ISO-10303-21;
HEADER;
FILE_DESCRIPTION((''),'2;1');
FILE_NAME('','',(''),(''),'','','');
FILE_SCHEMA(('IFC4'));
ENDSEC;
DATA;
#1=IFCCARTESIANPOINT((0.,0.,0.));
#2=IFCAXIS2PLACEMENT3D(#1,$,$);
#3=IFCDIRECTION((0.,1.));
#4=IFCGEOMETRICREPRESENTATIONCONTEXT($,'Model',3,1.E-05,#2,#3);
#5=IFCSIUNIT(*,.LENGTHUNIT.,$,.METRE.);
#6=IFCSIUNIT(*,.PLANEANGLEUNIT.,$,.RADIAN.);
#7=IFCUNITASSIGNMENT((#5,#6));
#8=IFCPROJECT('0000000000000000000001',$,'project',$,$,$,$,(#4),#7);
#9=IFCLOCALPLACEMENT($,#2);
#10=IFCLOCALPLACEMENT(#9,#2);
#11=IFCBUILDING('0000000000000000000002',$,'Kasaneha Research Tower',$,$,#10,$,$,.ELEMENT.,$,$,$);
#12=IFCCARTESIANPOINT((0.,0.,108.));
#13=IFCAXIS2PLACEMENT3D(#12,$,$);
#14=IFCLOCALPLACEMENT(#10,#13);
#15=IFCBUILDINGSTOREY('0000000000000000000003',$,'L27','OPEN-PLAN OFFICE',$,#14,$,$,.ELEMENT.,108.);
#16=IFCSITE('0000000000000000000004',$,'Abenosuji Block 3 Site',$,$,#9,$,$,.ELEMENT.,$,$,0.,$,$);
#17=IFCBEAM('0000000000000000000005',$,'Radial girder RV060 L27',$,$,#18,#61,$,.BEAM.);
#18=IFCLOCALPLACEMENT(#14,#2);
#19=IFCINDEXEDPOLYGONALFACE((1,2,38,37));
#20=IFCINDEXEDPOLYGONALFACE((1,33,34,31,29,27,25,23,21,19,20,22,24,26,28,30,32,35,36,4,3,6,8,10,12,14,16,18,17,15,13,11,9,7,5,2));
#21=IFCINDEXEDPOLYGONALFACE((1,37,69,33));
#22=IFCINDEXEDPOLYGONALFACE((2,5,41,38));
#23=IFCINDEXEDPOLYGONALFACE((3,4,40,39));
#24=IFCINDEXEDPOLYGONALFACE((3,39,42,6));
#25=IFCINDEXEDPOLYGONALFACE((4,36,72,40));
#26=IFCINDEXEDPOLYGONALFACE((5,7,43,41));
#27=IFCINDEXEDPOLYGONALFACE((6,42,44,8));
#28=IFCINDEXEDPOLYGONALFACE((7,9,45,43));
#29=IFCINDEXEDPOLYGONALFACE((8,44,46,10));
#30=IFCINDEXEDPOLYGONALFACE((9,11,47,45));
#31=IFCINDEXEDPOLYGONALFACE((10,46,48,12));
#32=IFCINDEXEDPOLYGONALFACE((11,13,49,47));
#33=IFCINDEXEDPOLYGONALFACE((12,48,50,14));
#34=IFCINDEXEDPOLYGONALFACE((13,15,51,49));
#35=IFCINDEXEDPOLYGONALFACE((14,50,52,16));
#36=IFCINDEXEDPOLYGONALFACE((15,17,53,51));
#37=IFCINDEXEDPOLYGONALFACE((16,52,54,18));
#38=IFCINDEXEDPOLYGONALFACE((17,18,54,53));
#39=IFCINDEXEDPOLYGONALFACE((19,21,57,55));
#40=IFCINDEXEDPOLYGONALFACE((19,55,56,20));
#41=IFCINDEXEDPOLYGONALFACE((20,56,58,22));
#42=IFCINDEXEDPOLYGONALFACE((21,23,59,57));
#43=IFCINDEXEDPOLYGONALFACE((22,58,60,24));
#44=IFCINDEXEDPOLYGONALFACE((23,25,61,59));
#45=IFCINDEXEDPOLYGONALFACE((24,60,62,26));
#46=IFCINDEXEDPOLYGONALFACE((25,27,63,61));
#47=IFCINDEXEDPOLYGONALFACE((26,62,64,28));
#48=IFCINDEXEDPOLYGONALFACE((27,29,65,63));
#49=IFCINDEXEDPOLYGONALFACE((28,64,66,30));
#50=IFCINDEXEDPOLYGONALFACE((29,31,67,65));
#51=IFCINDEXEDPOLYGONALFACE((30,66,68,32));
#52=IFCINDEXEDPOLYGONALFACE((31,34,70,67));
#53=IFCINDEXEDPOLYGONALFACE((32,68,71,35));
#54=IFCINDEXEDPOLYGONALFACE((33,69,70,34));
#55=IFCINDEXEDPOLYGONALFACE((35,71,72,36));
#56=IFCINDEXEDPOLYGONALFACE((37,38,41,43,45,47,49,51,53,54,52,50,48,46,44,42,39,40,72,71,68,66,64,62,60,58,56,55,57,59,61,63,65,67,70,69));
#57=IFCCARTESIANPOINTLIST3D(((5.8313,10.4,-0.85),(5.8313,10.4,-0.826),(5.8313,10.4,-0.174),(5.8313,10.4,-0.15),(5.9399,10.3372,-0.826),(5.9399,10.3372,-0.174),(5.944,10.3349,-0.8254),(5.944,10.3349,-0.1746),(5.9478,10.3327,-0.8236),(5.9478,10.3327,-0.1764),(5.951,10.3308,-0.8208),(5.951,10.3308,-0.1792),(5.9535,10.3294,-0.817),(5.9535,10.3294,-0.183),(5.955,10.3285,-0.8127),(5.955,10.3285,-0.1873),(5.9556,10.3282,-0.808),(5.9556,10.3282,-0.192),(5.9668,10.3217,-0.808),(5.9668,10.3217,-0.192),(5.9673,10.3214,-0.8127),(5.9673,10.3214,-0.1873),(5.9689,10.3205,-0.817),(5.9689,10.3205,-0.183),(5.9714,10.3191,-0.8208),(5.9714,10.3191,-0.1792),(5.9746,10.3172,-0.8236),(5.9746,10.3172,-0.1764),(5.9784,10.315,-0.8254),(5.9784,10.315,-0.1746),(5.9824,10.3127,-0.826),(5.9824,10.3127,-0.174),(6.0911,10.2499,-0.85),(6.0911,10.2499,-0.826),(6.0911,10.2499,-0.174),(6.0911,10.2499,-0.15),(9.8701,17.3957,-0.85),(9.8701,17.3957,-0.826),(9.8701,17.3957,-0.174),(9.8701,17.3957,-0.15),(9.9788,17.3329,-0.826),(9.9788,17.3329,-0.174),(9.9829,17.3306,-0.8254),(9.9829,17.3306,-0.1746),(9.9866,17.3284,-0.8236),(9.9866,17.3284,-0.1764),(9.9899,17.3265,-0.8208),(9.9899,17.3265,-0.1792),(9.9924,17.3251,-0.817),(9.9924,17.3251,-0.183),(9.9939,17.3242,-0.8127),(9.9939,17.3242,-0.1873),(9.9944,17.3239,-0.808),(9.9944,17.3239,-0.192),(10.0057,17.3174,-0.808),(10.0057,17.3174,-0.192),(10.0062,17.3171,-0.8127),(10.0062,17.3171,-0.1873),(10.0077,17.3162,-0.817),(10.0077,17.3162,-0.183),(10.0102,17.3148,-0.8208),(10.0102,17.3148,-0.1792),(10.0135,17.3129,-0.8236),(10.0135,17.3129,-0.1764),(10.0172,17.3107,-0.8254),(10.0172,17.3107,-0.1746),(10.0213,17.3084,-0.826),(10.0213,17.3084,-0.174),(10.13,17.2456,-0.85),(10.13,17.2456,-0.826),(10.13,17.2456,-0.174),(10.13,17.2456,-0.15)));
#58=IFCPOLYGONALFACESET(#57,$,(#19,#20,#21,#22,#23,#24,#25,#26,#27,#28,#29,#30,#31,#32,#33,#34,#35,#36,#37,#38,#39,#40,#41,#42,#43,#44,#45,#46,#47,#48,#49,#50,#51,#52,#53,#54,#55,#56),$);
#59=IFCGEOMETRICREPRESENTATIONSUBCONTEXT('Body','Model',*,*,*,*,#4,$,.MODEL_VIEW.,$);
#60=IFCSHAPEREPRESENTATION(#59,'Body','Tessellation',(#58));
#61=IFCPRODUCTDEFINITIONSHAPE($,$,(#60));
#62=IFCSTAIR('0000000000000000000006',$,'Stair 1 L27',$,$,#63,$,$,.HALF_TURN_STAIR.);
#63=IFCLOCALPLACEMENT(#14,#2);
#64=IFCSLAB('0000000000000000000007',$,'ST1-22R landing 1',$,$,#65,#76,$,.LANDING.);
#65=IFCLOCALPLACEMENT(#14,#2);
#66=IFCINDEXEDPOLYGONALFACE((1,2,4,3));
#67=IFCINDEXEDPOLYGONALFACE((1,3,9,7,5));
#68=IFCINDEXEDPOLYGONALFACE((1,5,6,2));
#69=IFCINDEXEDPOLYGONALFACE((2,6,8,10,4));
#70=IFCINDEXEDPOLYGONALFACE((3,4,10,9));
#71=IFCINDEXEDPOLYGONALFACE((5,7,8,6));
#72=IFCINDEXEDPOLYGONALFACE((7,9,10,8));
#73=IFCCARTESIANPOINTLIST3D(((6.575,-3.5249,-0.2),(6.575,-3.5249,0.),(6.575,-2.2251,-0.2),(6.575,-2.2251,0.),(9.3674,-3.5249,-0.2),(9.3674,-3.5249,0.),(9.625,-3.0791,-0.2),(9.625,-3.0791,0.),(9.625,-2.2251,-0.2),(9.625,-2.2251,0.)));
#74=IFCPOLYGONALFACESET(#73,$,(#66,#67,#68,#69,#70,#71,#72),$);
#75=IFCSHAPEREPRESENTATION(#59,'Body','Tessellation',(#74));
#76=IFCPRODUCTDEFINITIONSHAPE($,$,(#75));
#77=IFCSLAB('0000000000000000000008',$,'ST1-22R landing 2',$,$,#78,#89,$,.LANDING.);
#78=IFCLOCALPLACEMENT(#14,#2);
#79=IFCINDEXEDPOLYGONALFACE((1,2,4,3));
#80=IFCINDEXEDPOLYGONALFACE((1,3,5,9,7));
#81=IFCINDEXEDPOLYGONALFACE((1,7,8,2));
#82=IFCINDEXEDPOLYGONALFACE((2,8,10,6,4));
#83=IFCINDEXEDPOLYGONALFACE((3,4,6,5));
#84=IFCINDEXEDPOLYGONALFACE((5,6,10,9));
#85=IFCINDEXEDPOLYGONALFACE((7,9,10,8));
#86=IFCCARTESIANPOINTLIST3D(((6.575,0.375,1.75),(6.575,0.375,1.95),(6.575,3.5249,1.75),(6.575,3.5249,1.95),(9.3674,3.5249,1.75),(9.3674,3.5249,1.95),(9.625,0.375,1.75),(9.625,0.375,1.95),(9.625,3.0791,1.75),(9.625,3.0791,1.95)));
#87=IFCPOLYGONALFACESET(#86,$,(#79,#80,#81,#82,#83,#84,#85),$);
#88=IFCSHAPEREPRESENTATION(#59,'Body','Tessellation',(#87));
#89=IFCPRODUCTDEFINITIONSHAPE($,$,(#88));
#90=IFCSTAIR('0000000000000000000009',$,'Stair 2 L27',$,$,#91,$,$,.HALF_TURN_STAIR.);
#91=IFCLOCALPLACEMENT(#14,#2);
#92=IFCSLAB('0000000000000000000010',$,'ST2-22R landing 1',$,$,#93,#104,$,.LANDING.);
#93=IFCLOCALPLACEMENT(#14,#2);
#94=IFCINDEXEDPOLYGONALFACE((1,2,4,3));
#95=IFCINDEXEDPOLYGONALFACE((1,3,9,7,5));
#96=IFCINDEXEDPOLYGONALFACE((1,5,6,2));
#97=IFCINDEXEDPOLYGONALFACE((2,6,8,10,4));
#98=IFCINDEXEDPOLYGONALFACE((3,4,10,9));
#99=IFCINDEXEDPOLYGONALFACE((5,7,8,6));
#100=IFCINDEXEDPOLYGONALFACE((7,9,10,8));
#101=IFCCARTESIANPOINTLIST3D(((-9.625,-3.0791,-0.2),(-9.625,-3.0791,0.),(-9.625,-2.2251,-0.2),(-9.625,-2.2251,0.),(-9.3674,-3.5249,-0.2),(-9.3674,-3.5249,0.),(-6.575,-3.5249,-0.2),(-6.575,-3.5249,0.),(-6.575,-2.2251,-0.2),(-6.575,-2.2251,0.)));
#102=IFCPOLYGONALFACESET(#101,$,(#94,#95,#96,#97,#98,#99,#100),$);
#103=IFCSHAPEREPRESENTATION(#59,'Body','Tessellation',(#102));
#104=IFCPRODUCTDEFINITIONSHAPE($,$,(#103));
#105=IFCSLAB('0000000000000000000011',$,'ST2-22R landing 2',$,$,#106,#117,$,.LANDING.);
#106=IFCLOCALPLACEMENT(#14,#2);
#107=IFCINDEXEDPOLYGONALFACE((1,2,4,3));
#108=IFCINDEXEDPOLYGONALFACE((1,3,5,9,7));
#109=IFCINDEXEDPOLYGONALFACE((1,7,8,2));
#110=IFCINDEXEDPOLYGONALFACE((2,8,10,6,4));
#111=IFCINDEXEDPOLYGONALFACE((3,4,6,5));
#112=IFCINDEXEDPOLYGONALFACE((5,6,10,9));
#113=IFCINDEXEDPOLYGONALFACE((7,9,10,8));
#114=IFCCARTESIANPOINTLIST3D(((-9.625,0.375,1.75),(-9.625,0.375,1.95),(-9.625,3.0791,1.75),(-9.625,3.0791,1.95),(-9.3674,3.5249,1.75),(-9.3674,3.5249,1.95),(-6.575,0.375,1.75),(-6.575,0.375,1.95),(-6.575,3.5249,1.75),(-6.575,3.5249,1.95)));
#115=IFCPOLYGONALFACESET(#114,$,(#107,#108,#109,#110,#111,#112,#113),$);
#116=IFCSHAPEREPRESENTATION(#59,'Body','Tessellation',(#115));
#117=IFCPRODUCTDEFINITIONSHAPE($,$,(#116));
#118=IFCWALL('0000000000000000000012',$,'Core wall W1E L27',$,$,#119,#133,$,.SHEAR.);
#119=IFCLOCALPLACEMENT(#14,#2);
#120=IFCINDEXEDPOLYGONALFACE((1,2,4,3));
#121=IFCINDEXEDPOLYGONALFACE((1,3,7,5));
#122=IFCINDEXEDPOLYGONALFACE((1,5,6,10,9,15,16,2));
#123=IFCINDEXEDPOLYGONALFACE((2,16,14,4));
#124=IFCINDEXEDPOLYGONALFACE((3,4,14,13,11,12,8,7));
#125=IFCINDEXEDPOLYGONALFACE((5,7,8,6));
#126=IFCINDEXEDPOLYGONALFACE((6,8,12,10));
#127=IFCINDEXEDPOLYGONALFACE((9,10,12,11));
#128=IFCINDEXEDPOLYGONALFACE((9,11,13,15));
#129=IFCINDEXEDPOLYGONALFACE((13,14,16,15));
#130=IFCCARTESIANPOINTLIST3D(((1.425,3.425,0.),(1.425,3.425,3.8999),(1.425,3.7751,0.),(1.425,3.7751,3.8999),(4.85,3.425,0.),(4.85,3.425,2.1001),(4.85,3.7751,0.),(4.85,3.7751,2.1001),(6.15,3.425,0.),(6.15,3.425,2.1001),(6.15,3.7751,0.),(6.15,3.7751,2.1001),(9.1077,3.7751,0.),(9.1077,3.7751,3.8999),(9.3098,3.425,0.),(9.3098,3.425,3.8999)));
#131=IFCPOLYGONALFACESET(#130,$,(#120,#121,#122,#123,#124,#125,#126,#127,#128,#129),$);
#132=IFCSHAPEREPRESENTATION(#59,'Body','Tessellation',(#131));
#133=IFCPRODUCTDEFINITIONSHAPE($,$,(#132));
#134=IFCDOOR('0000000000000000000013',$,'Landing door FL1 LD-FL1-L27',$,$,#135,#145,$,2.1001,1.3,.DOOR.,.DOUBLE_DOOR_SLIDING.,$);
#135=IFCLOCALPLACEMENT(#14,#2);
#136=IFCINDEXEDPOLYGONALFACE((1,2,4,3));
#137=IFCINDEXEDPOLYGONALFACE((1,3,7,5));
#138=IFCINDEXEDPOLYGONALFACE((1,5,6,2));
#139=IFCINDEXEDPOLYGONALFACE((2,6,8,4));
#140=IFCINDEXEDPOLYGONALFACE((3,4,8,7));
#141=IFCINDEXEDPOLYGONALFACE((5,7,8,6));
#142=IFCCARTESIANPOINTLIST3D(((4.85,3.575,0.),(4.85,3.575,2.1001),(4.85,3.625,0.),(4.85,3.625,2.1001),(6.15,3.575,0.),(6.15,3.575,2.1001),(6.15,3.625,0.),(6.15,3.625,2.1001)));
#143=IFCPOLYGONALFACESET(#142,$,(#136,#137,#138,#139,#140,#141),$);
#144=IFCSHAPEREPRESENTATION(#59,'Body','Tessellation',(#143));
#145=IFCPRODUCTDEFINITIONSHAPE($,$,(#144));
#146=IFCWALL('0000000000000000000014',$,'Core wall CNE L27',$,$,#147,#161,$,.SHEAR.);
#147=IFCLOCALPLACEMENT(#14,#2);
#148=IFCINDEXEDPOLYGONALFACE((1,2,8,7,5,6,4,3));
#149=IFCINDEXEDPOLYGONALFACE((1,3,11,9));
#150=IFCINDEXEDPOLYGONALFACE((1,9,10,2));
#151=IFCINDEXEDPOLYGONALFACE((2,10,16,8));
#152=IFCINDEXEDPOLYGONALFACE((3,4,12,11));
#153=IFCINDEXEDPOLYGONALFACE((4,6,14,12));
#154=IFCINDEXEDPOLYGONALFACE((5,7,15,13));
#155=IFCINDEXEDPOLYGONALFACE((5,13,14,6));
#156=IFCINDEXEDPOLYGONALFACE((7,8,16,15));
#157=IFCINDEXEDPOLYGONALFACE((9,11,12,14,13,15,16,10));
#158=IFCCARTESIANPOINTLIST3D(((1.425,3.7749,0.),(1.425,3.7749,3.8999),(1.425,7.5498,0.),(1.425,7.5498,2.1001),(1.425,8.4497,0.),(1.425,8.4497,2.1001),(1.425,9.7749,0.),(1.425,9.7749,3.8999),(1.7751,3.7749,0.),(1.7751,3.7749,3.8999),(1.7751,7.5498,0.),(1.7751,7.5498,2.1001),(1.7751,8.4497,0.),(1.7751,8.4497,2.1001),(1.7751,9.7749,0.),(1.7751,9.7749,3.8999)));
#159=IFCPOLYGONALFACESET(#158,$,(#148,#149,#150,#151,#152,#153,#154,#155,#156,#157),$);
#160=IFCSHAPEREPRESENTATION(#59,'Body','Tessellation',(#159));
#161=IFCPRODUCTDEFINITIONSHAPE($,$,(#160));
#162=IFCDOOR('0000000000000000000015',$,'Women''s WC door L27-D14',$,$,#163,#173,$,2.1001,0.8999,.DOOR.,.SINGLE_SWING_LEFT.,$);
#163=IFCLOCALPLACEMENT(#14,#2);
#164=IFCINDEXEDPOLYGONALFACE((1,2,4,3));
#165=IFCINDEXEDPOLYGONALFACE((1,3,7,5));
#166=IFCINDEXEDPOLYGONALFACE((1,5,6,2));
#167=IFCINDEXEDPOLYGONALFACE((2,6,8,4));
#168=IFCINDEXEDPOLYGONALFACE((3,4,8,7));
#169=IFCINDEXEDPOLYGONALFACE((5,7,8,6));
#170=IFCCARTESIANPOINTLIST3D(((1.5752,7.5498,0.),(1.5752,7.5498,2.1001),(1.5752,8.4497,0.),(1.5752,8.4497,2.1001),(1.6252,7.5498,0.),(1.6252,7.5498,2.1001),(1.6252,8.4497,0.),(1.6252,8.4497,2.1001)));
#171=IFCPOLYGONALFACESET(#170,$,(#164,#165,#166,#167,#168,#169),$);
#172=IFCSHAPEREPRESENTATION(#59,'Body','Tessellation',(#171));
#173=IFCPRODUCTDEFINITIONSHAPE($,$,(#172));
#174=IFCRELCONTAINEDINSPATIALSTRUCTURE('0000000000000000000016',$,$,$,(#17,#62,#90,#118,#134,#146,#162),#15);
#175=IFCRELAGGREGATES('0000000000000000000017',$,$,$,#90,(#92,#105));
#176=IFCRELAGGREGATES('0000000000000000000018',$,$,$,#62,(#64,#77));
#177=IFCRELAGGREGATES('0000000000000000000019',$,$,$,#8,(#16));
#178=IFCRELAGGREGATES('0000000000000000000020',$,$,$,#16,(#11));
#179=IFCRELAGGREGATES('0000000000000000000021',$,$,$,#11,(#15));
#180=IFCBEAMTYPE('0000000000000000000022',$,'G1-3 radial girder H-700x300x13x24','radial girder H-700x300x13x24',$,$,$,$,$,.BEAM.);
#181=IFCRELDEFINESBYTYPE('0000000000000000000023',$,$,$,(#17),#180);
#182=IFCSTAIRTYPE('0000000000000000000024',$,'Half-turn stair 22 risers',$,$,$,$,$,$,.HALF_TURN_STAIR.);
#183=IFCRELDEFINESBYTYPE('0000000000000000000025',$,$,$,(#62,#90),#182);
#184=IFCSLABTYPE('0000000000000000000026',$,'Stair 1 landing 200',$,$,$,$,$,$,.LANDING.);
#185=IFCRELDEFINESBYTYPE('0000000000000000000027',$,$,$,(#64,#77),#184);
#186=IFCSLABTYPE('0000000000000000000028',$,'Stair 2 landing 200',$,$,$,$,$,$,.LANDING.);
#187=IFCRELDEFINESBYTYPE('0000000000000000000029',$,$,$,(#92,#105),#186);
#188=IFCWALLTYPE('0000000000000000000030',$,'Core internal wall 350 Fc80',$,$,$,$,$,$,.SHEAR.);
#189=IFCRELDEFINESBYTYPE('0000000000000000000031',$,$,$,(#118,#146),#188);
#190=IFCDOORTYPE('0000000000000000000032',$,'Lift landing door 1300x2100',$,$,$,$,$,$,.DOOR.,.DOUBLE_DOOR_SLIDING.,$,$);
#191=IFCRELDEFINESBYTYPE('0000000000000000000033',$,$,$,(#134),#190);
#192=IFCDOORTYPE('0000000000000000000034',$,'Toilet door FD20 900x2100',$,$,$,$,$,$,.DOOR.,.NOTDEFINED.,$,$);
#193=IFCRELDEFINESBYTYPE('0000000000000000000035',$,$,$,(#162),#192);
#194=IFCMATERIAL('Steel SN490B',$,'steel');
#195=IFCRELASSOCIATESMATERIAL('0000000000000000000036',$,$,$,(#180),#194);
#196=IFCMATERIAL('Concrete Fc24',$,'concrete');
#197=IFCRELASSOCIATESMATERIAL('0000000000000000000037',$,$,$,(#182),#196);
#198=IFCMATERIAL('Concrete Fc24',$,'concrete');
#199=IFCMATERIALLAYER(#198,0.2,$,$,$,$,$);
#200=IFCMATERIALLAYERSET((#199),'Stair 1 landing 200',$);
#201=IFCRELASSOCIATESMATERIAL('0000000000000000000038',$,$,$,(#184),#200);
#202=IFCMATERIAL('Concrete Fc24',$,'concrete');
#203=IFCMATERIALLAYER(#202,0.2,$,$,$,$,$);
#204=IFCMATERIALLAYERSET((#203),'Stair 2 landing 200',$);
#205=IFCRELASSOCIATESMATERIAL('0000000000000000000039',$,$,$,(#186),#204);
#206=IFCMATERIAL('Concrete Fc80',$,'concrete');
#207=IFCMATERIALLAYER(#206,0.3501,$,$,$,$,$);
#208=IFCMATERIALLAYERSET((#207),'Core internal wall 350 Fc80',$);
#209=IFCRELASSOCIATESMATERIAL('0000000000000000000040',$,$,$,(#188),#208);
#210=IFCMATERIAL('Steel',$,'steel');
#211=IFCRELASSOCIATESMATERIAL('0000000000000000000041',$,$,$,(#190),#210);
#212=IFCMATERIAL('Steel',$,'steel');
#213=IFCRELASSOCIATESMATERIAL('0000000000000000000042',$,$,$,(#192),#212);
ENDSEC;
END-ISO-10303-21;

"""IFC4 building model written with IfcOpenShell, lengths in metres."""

from ifc_helpers import new_model, si_unit, direction, frame, frame_2d, origin, origin_2d, place, context, subcontext, project, spatial, polyline, rectangle, i_section, outline, extrude, material, layer, layer_set, material_profile, profile_set, type_object, element, fill, aggregate, save


model = new_model("IFC4")

# Units and contexts
model_context = context("Model", 3, precision=1e-05, world=origin(), true_north=direction((0.0, 1.0)))
body_context = subcontext(model_context, "Body", "Model", "MODEL_VIEW")
ifc_project = project(units=[si_unit("LENGTHUNIT", "METRE"), si_unit("PLANEANGLEUNIT", "RADIAN")], contexts=[model_context])

# Site, building, storey
site_placement = place(None, origin())
site = spatial("IfcSite", under=ifc_project, at=site_placement, Name="Abenosuji Block 3 Site", CompositionType="ELEMENT", RefElevation=0.0)
building_placement = place(site_placement, origin())
building = spatial("IfcBuilding", under=site, at=building_placement, Name="Kasaneha Research Tower", CompositionType="ELEMENT")
storey_placement = place(building_placement, frame((0.0, 0.0, 108.0)))
storey = spatial("IfcBuildingStorey", under=building, at=storey_placement, Name="L27", Description="OPEN-PLAN OFFICE", CompositionType="ELEMENT", Elevation=108.0)

# Beam
ifc_material_1 = material(Name="Steel SN490B", Category="steel")
ifc_material_profile = material_profile(ifc_material_1, i_section(OverallWidth=0.3, OverallDepth=0.7, WebThickness=0.0129, FlangeThickness=0.0239, FilletRadius=0.0181, at=origin_2d()), Name="H-700x300x13x24")
ifc_profile_set = profile_set([ifc_material_profile], Name="Steel SN490B")
beam_type = type_object("IfcBeamType", Name="G1-3 radial girder H-700x300x13x24", Description="radial girder H-700x300x13x24", PredefinedType="BEAM", material=ifc_profile_set)
beam_placement = place(storey_placement, frame((5.9612, 10.325, -0.5), z_axis=(0.499991, 0.866031, 0.0), x_axis=(-0.866031, 0.499991, 0.0)))
element("IfcBeam", 1, at=beam_placement, inside=storey, type_object=beam_type, Name="Radial girder RV060 L27", PredefinedType="BEAM", context=body_context, shape_type="SweptSolid", body=[
    extrude(i_section(OverallWidth=0.3, OverallDepth=0.7, WebThickness=0.0129, FlangeThickness=0.0239, FilletRadius=0.0181, at=origin_2d()), origin(), (0.0, 0.0, 1.0), 8.0779),
])

# Stairs, slabs
ifc_material_2 = material(Name="Concrete Fc24", Category="concrete")
stair_type = type_object("IfcStairType", Name="Half-turn stair 22 risers", PredefinedType="HALF_TURN_STAIR", material=ifc_material_2)
stair_1_placement = place(storey_placement, origin())
stair_1 = element("IfcStair", 2, at=stair_1_placement, inside=storey, type_object=stair_type, Name="Stair 1 L27", PredefinedType="HALF_TURN_STAIR")
ifc_material_3 = material(Name="Concrete Fc24", Category="concrete")
ifc_layer_1 = layer(ifc_material_3, 0.2)
ifc_layer_set_1 = layer_set([ifc_layer_1], Name="Stair 1 landing 200")
slab_type_1 = type_object("IfcSlabType", Name="Stair 1 landing 200", PredefinedType="LANDING", material=ifc_layer_set_1)
slab_1_placement = place(storey_placement, frame((0.0, 0.0, -0.2)))
slab_1 = element("IfcSlab", 3, at=slab_1_placement, type_object=slab_type_1, Name="ST1-22R landing 1", PredefinedType="LANDING", context=body_context, shape_type="SweptSolid", body=[
    extrude(outline(polyline([(9.3674, -3.5249), (6.575, -3.5249), (6.575, -2.2251), (9.625, -2.2251), (9.625, -3.0791), (9.3674, -3.5249)])), origin(), (0.0, 0.0, 1.0), 0.2),
])
slab_2_placement = place(storey_placement, frame((0.0, 0.0, 1.75)))
slab_2 = element("IfcSlab", 4, at=slab_2_placement, type_object=slab_type_1, Name="ST1-22R landing 2", PredefinedType="LANDING", context=body_context, shape_type="SweptSolid", body=[
    extrude(outline(polyline([(6.575, 3.5249), (9.3674, 3.5249), (9.625, 3.0791), (9.625, 0.375), (6.575, 0.375), (6.575, 3.5249)])), origin(), (0.0, 0.0, 1.0), 0.2),
])
stair_2_placement = place(storey_placement, origin())
stair_2 = element("IfcStair", 5, at=stair_2_placement, inside=storey, type_object=stair_type, Name="Stair 2 L27", PredefinedType="HALF_TURN_STAIR")
ifc_material_4 = material(Name="Concrete Fc24", Category="concrete")
ifc_layer_2 = layer(ifc_material_4, 0.2)
ifc_layer_set_2 = layer_set([ifc_layer_2], Name="Stair 2 landing 200")
slab_type_2 = type_object("IfcSlabType", Name="Stair 2 landing 200", PredefinedType="LANDING", material=ifc_layer_set_2)
slab_3_placement = place(storey_placement, frame((0.0, 0.0, -0.2)))
slab_3 = element("IfcSlab", 6, at=slab_3_placement, type_object=slab_type_2, Name="ST2-22R landing 1", PredefinedType="LANDING", context=body_context, shape_type="SweptSolid", body=[
    extrude(outline(polyline([(-6.575, -3.5249), (-9.3674, -3.5249), (-9.625, -3.0791), (-9.625, -2.2251), (-6.575, -2.2251), (-6.575, -3.5249)])), origin(), (0.0, 0.0, 1.0), 0.2),
])
slab_4_placement = place(storey_placement, frame((0.0, 0.0, 1.75)))
slab_4 = element("IfcSlab", 7, at=slab_4_placement, type_object=slab_type_2, Name="ST2-22R landing 2", PredefinedType="LANDING", context=body_context, shape_type="SweptSolid", body=[
    extrude(outline(polyline([(-6.575, 0.375), (-9.625, 0.375), (-9.625, 3.0791), (-9.3674, 3.5249), (-6.575, 3.5249), (-6.575, 0.375)])), origin(), (0.0, 0.0, 1.0), 0.2),
])
aggregate(stair_2, [slab_3, slab_4])

# Walls, openings, doors
ifc_material_5 = material(Name="Concrete Fc80", Category="concrete")
ifc_layer_3 = layer(ifc_material_5, 0.3501)
ifc_layer_set_3 = layer_set([ifc_layer_3], Name="Core internal wall 350 Fc80")
wall_type_1 = type_object("IfcWallType", Name="Core internal wall 350 Fc80", PredefinedType="SHEAR", material=ifc_layer_set_3)
wall_1_placement = place(storey_placement, frame((1.425, 3.6001, 0.0), z_axis=(0.0, 0.0, 1.0), x_axis=(1.0, 0.0, 0.0)))
wall_1 = element("IfcWall", 8, at=wall_1_placement, inside=storey, type_object=wall_type_1, Name="Core wall W1E L27", PredefinedType="SHEAR", context=body_context, shape_type="SweptSolid", body=[
    extrude(outline(polyline([(0.0, -0.175), (3.425, -0.175), (4.7251, -0.175), (7.8848, -0.175), (7.6826, 0.175), (4.7251, 0.175), (3.425, 0.175), (0.0, 0.175), (0.0, -0.175)])), origin(), (0.0, 0.0, 1.0), 3.8999),
])
opening_1_placement = place(wall_1_placement, frame((3.425, 0.0, 0.0)))
opening_1 = element("IfcOpeningElement", 9, at=opening_1_placement, cuts=wall_1, PredefinedType="OPENING", context=body_context, shape_type="SweptSolid", body=[
    extrude(rectangle(XDim=1.3, YDim=2.1001, at=frame_2d((0.6499, 1.05))), frame((0.0, 0.1851, 0.0), z_axis=(0.0, -1.0, 0.0), x_axis=(1.0, 0.0, 0.0)), (0.0, 0.0, 1.0), 0.3701),
])
ifc_material_6 = material(Name="Steel", Category="steel")
door_type_1 = type_object("IfcDoorType", Name="Lift landing door 1300x2100", OperationType="DOUBLE_DOOR_SLIDING", PredefinedType="DOOR", material=ifc_material_6)
door_1_placement = place(opening_1_placement, origin())
door_1 = element("IfcDoor", 10, at=door_1_placement, inside=storey, type_object=door_type_1, Name="Landing door FL1 LD-FL1-L27", OperationType="DOUBLE_DOOR_SLIDING", OverallHeight=2.1001, OverallWidth=1.3, PredefinedType="DOOR", context=body_context, shape_type="SweptSolid", body=[
    extrude(rectangle(XDim=1.3, YDim=2.1001, at=frame_2d((0.6499, 1.05))), frame((0.0, 0.0249, 0.0), z_axis=(0.0, -1.0, 0.0), x_axis=(1.0, 0.0, 0.0)), (0.0, 0.0, 1.0), 0.05),
])
fill(opening_1, door_1)
wall_2_placement = place(storey_placement, frame((1.6001, 3.7749, 0.0), z_axis=(0.0, 0.0, 1.0), x_axis=(0.0, 1.0, 0.0)))
wall_2 = element("IfcWall", 11, at=wall_2_placement, inside=storey, type_object=wall_type_1, Name="Core wall CNE L27", PredefinedType="SHEAR", context=body_context, shape_type="SweptSolid", body=[
    extrude(rectangle(XDim=6.0, YDim=0.3501, at=frame_2d((3.0, 0.0))), origin(), (0.0, 0.0, 1.0), 3.8999),
])
opening_2_placement = place(wall_2_placement, frame((3.7749, 0.0, 0.0)))
opening_2 = element("IfcOpeningElement", 12, at=opening_2_placement, cuts=wall_2, PredefinedType="OPENING", context=body_context, shape_type="SweptSolid", body=[
    extrude(rectangle(XDim=0.8999, YDim=2.1001, at=frame_2d((0.45, 1.05))), frame((0.0, 0.1851, 0.0), z_axis=(0.0, -1.0, 0.0), x_axis=(1.0, 0.0, 0.0)), (0.0, 0.0, 1.0), 0.3701),
])
ifc_material_7 = material(Name="Steel", Category="steel")
door_type_2 = type_object("IfcDoorType", Name="Toilet door FD20 900x2100", OperationType="NOTDEFINED", PredefinedType="DOOR", material=ifc_material_7)
door_2_placement = place(opening_2_placement, origin())
door_2 = element("IfcDoor", 13, at=door_2_placement, inside=storey, type_object=door_type_2, Name="Women's WC door L27-D14", OperationType="SINGLE_SWING_LEFT", OverallHeight=2.1001, OverallWidth=0.8999, PredefinedType="DOOR", context=body_context, shape_type="SweptSolid", body=[
    extrude(rectangle(XDim=0.8999, YDim=2.1001, at=frame_2d((0.45, 1.05))), frame((0.0, 0.0249, 0.0), z_axis=(0.0, -1.0, 0.0), x_axis=(1.0, 0.0, 0.0)), (0.0, 0.0, 1.0), 0.05),
])
fill(opening_2, door_2)

aggregate(stair_1, [slab_1, slab_2])

save(model, "model.ifc")
